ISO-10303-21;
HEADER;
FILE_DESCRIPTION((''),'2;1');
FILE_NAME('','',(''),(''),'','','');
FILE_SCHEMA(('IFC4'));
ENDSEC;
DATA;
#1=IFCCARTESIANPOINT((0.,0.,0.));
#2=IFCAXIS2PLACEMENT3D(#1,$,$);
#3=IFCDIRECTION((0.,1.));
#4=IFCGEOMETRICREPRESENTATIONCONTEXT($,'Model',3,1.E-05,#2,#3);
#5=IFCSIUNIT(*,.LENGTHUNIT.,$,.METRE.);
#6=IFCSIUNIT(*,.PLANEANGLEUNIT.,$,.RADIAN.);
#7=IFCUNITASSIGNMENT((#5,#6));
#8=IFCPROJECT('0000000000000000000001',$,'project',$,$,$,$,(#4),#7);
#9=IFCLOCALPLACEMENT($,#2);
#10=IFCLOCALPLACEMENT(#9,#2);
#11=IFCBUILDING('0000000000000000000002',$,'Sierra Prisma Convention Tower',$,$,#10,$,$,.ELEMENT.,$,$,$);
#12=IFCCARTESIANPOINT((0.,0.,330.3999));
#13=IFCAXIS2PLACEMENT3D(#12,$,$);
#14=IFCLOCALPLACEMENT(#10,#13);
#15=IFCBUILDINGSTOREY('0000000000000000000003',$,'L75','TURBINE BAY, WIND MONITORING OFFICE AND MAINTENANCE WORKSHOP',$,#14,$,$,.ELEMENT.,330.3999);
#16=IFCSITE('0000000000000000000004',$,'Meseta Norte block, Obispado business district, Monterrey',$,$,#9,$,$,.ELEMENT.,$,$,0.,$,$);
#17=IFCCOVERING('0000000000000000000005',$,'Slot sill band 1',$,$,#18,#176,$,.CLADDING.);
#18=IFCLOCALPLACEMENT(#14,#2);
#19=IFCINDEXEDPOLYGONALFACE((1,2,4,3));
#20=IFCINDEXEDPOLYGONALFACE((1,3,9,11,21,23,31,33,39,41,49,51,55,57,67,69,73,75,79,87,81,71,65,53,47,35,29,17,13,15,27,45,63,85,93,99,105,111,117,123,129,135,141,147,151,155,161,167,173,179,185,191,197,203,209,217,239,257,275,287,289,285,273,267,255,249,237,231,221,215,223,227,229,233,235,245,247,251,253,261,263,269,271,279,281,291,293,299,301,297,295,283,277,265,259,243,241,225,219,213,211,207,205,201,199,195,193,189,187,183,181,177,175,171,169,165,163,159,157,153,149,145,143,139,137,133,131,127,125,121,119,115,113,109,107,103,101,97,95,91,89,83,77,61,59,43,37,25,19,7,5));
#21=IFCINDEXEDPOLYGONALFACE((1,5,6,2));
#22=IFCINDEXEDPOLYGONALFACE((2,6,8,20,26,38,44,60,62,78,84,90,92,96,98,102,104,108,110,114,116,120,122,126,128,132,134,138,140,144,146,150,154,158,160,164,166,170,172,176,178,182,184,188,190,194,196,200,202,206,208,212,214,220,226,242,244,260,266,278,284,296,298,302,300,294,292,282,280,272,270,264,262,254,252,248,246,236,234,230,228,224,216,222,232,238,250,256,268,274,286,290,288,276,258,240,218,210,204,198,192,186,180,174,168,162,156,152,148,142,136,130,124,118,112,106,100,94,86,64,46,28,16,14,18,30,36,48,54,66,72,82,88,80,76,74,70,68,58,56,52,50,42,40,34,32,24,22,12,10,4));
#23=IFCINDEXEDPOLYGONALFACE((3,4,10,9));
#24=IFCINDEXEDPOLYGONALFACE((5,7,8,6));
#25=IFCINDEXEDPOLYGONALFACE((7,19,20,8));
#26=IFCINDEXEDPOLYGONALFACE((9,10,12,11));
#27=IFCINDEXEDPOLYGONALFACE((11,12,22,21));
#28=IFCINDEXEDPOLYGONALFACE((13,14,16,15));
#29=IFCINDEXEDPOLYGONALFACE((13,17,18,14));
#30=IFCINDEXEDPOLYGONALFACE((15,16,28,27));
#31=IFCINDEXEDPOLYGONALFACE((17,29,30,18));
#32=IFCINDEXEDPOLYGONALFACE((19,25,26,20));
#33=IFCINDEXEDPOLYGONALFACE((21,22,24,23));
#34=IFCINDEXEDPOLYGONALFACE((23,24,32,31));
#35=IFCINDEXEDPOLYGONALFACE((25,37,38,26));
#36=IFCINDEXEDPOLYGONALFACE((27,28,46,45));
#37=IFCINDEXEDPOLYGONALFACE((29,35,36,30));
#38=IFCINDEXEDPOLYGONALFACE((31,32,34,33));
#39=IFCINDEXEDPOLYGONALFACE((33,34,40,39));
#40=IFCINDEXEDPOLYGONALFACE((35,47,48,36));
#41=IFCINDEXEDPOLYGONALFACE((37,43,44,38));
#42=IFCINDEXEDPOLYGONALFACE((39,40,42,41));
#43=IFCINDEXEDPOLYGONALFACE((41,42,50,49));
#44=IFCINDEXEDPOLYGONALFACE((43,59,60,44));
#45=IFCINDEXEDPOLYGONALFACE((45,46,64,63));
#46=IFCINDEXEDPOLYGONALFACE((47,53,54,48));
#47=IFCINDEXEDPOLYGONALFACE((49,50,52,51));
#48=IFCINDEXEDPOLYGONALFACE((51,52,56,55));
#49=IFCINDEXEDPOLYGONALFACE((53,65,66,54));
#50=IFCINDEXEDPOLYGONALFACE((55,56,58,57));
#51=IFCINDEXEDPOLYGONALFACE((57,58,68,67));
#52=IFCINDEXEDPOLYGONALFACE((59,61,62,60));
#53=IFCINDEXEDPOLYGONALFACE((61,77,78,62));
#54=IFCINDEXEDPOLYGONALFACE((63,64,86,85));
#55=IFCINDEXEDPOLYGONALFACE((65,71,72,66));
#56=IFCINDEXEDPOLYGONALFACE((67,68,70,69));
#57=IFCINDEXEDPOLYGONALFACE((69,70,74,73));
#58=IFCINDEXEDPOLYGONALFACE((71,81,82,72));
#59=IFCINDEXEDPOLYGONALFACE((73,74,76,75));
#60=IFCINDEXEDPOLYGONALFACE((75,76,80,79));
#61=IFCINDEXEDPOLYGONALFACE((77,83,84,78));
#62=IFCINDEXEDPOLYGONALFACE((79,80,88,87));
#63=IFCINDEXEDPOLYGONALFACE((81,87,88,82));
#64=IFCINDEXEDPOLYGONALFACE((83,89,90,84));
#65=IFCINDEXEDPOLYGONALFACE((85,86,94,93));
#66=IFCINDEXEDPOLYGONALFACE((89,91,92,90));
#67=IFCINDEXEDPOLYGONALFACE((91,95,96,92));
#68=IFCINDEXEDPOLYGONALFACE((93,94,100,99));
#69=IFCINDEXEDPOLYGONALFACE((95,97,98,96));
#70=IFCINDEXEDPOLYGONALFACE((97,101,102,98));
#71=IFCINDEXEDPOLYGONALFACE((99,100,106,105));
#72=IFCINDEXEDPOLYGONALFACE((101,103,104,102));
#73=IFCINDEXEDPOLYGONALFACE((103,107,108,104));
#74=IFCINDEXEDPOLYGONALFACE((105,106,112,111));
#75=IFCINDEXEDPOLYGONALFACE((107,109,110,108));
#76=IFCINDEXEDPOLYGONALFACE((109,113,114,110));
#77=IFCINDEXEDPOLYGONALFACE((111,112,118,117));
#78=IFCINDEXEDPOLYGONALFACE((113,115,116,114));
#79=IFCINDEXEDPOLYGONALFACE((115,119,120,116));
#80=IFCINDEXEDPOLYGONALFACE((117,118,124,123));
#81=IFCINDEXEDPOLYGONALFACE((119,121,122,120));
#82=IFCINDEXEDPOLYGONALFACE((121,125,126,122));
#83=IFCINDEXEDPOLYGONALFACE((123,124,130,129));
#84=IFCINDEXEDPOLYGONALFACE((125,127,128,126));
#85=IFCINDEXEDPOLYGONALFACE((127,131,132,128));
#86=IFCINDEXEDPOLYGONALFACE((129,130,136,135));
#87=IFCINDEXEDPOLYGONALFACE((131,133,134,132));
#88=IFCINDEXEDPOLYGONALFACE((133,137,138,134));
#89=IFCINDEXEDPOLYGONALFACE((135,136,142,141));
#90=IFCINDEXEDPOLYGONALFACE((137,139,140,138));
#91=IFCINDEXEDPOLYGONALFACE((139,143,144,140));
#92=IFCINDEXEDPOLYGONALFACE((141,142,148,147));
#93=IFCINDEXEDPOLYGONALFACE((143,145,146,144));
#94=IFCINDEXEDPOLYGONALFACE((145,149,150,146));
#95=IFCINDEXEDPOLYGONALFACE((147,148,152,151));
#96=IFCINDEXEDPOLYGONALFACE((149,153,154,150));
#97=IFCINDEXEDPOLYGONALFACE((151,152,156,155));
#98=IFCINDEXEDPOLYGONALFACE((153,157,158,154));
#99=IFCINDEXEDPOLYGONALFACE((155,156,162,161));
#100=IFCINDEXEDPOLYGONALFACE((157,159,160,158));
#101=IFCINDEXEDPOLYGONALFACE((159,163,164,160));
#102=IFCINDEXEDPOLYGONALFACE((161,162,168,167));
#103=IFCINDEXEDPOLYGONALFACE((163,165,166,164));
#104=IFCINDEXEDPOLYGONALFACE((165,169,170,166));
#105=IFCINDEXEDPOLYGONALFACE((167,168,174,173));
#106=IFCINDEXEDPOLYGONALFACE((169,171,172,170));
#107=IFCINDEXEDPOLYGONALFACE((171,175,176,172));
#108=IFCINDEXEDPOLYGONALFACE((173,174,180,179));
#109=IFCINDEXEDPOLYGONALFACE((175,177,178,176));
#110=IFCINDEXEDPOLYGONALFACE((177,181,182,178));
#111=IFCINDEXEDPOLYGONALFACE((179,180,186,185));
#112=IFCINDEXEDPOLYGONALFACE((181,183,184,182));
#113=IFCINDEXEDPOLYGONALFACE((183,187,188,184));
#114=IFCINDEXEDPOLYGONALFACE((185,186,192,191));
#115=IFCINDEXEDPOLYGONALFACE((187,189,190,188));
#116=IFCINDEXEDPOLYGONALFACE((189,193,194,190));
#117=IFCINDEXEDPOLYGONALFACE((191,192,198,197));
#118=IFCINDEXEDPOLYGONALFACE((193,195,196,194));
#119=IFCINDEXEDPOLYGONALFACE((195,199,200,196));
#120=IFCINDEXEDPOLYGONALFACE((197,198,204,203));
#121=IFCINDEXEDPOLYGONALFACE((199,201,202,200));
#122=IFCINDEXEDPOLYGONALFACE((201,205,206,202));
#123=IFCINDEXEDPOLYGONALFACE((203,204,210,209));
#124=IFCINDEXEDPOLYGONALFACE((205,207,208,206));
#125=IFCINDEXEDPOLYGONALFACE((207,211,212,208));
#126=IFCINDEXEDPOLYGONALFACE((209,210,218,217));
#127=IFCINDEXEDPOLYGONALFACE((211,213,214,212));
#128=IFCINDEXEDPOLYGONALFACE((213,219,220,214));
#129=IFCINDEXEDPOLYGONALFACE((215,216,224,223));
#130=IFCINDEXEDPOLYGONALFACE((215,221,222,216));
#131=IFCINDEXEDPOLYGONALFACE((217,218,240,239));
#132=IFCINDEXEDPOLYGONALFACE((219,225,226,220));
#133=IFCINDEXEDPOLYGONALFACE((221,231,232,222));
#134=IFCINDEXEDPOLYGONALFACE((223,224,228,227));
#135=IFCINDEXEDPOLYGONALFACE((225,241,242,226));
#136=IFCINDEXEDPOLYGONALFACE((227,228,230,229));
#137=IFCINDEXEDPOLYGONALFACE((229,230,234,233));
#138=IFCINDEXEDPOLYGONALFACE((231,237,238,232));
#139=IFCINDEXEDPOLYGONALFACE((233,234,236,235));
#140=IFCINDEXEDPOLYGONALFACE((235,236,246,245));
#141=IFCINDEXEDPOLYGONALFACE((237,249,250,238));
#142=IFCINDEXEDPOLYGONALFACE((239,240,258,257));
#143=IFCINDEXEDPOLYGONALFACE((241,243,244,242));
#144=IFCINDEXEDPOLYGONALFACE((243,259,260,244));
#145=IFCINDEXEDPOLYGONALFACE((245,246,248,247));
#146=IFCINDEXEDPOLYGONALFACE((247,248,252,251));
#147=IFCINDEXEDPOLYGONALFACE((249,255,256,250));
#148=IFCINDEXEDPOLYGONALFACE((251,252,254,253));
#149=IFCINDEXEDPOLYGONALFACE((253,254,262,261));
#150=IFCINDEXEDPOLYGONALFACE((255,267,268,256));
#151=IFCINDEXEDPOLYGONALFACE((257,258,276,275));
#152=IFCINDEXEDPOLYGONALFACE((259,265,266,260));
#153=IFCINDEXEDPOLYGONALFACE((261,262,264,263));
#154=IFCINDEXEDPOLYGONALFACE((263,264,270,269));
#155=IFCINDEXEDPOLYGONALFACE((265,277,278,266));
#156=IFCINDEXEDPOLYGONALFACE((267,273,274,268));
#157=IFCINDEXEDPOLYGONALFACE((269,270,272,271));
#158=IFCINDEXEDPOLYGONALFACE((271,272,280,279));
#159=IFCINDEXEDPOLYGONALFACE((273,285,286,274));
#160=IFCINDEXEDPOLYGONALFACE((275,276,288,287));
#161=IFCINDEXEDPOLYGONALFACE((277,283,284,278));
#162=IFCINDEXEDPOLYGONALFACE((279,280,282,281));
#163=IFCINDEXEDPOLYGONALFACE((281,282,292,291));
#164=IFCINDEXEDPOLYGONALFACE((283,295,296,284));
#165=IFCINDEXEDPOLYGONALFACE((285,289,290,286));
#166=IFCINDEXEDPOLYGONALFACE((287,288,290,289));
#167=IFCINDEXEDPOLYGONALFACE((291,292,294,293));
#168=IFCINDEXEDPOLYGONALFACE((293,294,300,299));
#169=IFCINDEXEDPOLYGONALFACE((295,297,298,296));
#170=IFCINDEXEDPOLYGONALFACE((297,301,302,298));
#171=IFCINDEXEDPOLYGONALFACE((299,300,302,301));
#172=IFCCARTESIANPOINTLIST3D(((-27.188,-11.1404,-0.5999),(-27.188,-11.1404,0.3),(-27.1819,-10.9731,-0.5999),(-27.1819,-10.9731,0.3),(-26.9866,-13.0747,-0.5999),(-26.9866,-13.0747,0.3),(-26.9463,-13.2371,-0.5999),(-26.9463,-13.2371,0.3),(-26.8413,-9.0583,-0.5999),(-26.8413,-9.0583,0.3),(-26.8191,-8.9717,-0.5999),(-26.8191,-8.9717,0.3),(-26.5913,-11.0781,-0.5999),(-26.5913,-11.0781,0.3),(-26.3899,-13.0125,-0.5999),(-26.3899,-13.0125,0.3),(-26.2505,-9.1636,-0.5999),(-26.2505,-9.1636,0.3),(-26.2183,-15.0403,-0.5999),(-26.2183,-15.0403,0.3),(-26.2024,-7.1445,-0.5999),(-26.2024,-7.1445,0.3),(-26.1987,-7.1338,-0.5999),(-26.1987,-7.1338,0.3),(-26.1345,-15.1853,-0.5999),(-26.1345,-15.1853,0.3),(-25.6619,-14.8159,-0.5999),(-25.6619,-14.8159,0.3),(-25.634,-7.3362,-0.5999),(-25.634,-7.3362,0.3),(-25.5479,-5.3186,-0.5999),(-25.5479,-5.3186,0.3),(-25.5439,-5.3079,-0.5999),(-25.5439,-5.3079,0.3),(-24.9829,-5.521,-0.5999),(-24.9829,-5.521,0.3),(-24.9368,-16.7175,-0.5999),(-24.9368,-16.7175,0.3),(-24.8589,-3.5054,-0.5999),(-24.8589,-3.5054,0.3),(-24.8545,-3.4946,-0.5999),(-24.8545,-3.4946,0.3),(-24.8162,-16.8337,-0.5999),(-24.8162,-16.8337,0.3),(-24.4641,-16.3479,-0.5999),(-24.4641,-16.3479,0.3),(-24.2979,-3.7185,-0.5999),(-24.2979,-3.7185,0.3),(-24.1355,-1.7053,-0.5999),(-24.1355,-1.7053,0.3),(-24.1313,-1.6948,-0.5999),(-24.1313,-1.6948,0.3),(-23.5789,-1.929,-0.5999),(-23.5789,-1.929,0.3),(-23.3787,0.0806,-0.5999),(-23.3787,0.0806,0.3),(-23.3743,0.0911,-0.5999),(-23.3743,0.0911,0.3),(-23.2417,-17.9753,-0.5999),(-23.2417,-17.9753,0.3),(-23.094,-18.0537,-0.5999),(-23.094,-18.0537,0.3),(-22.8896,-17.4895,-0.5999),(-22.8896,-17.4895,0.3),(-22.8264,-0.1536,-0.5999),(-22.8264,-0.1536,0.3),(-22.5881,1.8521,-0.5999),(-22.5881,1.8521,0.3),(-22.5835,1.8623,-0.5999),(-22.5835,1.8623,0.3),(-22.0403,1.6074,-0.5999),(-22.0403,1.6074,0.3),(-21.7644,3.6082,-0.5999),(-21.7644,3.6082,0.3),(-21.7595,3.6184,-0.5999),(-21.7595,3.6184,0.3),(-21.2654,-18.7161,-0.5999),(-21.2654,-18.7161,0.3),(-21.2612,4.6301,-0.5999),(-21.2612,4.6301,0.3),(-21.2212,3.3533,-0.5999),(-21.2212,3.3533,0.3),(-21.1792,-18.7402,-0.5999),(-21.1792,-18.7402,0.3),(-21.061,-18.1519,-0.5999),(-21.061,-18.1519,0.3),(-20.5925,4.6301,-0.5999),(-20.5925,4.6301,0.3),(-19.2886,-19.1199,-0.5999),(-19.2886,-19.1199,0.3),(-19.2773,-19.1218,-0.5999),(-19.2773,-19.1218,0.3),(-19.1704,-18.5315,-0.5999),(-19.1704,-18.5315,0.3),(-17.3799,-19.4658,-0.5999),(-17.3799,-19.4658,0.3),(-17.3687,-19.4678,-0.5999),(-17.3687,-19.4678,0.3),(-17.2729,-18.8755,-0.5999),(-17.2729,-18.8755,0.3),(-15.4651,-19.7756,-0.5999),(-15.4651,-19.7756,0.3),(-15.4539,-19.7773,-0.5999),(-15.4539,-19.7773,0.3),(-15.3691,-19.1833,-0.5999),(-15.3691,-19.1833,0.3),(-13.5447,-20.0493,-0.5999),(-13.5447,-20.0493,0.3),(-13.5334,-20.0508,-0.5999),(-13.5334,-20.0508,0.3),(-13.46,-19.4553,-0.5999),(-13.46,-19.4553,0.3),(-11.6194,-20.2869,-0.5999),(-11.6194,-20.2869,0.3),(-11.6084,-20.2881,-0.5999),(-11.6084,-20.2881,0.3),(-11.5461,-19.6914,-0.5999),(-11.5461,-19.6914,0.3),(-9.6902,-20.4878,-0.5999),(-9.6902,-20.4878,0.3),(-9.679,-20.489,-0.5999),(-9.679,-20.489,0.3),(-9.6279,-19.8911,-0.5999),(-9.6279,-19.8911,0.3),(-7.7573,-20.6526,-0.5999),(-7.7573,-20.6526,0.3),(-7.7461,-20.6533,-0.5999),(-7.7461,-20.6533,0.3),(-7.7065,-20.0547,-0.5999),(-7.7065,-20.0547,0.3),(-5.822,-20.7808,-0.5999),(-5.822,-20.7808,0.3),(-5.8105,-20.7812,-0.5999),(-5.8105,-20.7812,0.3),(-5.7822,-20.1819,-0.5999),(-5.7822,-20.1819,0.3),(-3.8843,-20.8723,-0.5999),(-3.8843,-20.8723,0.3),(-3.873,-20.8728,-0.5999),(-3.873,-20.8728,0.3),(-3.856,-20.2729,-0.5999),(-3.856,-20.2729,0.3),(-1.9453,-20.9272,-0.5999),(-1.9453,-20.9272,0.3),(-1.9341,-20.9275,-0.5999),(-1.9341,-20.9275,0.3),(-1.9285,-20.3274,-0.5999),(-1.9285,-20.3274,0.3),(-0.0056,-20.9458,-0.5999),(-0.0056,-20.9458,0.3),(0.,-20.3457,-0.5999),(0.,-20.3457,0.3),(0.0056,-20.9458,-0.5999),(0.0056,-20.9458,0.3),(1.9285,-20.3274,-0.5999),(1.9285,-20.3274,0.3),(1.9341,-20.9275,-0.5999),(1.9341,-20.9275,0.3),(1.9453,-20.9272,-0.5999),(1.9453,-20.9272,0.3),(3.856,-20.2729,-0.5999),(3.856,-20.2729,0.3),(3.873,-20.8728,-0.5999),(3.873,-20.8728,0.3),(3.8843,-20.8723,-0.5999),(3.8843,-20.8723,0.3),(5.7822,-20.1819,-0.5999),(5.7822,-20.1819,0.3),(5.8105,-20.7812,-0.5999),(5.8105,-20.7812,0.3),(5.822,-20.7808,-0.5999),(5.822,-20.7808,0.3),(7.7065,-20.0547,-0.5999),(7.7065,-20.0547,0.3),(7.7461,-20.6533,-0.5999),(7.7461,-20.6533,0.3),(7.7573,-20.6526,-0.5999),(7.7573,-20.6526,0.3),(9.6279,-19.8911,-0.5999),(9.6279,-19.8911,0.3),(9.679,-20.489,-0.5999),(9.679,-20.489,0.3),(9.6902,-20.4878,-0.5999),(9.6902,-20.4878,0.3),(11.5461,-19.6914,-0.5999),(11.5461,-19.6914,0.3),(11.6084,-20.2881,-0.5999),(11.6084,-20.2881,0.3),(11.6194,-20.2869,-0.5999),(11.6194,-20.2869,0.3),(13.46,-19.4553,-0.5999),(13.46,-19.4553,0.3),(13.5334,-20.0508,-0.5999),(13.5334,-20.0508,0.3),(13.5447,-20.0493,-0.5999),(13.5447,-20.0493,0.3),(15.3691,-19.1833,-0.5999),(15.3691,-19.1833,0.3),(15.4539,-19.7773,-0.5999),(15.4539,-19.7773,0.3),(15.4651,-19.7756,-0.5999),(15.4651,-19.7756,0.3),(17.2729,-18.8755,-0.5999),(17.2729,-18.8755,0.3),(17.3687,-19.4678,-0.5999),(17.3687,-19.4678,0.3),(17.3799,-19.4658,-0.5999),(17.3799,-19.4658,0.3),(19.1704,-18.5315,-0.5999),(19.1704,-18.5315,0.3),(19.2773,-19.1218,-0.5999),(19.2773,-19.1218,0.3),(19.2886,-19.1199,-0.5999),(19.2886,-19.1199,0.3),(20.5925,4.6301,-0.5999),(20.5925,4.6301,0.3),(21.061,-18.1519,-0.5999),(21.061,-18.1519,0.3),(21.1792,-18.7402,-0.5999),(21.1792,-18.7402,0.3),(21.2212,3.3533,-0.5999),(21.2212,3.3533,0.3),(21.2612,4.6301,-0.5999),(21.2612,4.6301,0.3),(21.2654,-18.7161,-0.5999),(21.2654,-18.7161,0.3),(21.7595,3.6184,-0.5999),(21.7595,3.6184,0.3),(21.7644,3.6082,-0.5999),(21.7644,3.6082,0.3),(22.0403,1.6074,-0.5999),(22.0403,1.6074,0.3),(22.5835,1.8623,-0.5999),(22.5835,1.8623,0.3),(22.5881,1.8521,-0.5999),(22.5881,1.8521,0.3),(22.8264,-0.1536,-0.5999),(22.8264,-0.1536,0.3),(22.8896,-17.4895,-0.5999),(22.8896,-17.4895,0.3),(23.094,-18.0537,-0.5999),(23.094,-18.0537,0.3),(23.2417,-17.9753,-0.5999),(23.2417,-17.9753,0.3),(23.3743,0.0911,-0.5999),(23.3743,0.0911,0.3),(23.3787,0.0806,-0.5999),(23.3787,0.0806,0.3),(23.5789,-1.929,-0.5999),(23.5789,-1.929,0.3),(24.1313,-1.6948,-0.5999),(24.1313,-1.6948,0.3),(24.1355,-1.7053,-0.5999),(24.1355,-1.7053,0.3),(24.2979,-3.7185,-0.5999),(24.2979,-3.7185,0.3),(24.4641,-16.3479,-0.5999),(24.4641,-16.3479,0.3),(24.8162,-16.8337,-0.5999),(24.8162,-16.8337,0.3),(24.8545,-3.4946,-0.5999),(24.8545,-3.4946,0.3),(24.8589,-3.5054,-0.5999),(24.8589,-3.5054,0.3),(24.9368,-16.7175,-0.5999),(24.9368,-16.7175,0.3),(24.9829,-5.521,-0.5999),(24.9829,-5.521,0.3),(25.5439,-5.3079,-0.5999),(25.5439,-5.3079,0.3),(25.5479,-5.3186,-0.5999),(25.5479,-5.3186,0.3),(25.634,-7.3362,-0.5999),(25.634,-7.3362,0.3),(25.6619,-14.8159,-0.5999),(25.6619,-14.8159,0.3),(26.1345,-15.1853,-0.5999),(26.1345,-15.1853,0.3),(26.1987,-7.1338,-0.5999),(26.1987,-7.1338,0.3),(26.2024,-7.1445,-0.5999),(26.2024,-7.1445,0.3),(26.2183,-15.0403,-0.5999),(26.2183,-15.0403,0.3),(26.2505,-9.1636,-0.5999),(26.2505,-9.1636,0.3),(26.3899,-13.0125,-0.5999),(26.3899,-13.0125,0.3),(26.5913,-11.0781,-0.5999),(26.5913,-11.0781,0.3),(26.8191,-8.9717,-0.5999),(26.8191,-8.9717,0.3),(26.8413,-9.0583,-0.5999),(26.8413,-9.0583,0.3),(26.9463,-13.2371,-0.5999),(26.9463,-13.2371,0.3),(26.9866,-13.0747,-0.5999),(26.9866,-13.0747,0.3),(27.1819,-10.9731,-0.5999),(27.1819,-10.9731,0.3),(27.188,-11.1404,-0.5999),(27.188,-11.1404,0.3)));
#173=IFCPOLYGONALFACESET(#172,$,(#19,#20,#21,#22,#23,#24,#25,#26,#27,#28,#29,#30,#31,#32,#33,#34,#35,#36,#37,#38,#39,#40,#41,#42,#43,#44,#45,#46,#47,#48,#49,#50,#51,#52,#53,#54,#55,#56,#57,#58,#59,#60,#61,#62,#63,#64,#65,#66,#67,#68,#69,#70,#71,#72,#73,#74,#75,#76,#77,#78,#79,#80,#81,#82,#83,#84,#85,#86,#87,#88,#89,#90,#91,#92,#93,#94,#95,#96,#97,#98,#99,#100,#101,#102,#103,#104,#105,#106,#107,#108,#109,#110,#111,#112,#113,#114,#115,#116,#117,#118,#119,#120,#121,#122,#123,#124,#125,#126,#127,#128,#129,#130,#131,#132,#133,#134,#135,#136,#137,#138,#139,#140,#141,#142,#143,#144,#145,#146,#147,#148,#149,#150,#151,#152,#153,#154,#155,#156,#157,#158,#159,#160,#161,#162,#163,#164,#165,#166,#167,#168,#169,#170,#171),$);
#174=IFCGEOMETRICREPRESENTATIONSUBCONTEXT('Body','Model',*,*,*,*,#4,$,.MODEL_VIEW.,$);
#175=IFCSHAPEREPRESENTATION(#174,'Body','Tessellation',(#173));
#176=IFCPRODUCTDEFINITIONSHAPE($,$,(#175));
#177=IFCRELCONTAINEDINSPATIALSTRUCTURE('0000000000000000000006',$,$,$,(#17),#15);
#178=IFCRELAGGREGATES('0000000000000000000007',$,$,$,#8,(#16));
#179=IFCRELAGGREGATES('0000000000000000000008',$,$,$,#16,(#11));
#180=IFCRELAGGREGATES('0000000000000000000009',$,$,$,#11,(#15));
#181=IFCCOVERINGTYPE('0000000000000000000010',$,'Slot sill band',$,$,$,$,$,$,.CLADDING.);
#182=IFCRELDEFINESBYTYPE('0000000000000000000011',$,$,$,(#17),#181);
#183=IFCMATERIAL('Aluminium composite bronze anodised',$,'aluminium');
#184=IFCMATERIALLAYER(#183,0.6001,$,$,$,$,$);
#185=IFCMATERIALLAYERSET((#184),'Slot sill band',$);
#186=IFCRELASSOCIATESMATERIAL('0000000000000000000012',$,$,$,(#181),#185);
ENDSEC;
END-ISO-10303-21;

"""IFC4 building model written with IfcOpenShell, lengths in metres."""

from ifc_helpers import new_model, si_unit, direction, frame, origin, place, context, subcontext, project, spatial, polyline, outline, extrude, material, layer, layer_set, type_object, element, save


model = new_model("IFC4")

# Units and contexts
model_context = context("Model", 3, precision=1e-05, world=origin(), true_north=direction((0.0, 1.0)))
body_context = subcontext(model_context, "Body", "Model", "MODEL_VIEW")
ifc_project = project(units=[si_unit("LENGTHUNIT", "METRE"), si_unit("PLANEANGLEUNIT", "RADIAN")], contexts=[model_context])

# Site, building, storey
site_placement = place(None, origin())
site = spatial("IfcSite", under=ifc_project, at=site_placement, Name="Meseta Norte block, Obispado business district, Monterrey", CompositionType="ELEMENT", RefElevation=0.0)
building_placement = place(site_placement, origin())
building = spatial("IfcBuilding", under=site, at=building_placement, Name="Sierra Prisma Convention Tower", CompositionType="ELEMENT")
storey_placement = place(building_placement, frame((0.0, 0.0, 330.3999)))
storey = spatial("IfcBuildingStorey", under=building, at=storey_placement, Name="L75", Description="TURBINE BAY, WIND MONITORING OFFICE AND MAINTENANCE WORKSHOP", CompositionType="ELEMENT", Elevation=330.3999)

# Covering
ifc_material_1 = material(Name="Aluminium composite bronze anodised", Category="aluminium")
ifc_layer_1 = layer(ifc_material_1, 0.6001)
ifc_layer_set_1 = layer_set([ifc_layer_1], Name="Slot sill band")
covering_type_1 = type_object("IfcCoveringType", Name="Slot sill band", PredefinedType="CLADDING", material=ifc_layer_set_1)
covering_1_placement = place(storey_placement, frame((0.0, 0.0, -0.5999)))
element("IfcCovering", 1, at=covering_1_placement, inside=storey, type_object=covering_type_1, Name="Slot sill band 1", PredefinedType="CLADDING", context=body_context, shape_type="SweptSolid", body=[
    extrude(outline(polyline([(-24.1313, -1.6948), (-23.3787, 0.0806), (-23.3743, 0.0911), (-22.5881, 1.8521), (-22.5835, 1.8623), (-21.7644, 3.6082), (-21.7595, 3.6184), (-21.2612, 4.6301), (-20.5925, 4.6301), (-21.2212, 3.3533), (-22.0403, 1.6074), (-22.8264, -0.1536), (-23.5789, -1.929), (-24.2979, -3.7185), (-24.9829, -5.521), (-25.634, -7.3362), (-26.2505, -9.1636), (-26.5913, -11.0781), (-26.3899, -13.0125), (-25.6619, -14.8159), (-24.4641, -16.3479), (-22.8896, -17.4895), (-21.061, -18.1519), (-19.1704, -18.5315), (-17.2729, -18.8755), (-15.3691, -19.1833), (-13.46, -19.4553), (-11.5461, -19.6914), (-9.6279, -19.8911), (-7.7065, -20.0547), (-5.7822, -20.1819), (-3.856, -20.2729), (-1.9285, -20.3274), (0.0, -20.3457), (1.9285, -20.3274), (3.856, -20.2729), (5.7822, -20.1819), (7.7065, -20.0547), (9.6279, -19.8911), (11.5461, -19.6914), (13.46, -19.4553), (15.3691, -19.1833), (17.2729, -18.8755), (19.1704, -18.5315), (21.061, -18.1519), (22.8896, -17.4895), (24.4641, -16.3479), (25.6619, -14.8159), (26.3899, -13.0125), (26.5913, -11.0781), (26.2505, -9.1636), (25.634, -7.3362), (24.9829, -5.521), (24.2979, -3.7185), (23.5789, -1.929), (22.8264, -0.1536), (22.0403, 1.6074), (21.2212, 3.3533), (20.5925, 4.6301), (21.2612, 4.6301), (21.7595, 3.6184), (21.7644, 3.6082), (22.5835, 1.8623), (22.5881, 1.8521), (23.3743, 0.0911), (23.3787, 0.0806), (24.1313, -1.6948), (24.1355, -1.7053), (24.8545, -3.4946), (24.8589, -3.5054), (25.5439, -5.3079), (25.5479, -5.3186), (26.1987, -7.1338), (26.2024, -7.1445), (26.8191, -8.9717), (26.8413, -9.0583), (27.1819, -10.9731), (27.188, -11.1404), (26.9866, -13.0747), (26.9463, -13.2371), (26.2183, -15.0403), (26.1345, -15.1853), (24.9368, -16.7175), (24.8162, -16.8337), (23.2417, -17.9753), (23.094, -18.0537), (21.2654, -18.7161), (21.1792, -18.7402), (19.2886, -19.1199), (19.2773, -19.1218), (17.3799, -19.4658), (17.3687, -19.4678), (15.4651, -19.7756), (15.4539, -19.7773), (13.5447, -20.0493), (13.5334, -20.0508), (11.6194, -20.2869), (11.6084, -20.2881), (9.6902, -20.4878), (9.679, -20.489), (7.7573, -20.6526), (7.7461, -20.6533), (5.822, -20.7808), (5.8105, -20.7812), (3.8843, -20.8723), (3.873, -20.8728), (1.9453, -20.9272), (1.9341, -20.9275), (0.0056, -20.9458), (-0.0056, -20.9458), (-1.9341, -20.9275), (-1.9453, -20.9272), (-3.873, -20.8728), (-3.8843, -20.8723), (-5.8105, -20.7812), (-5.822, -20.7808), (-7.7461, -20.6533), (-7.7573, -20.6526), (-9.679, -20.489), (-9.6902, -20.4878), (-11.6084, -20.2881), (-11.6194, -20.2869), (-13.5334, -20.0508), (-13.5447, -20.0493), (-15.4539, -19.7773), (-15.4651, -19.7756), (-17.3687, -19.4678), (-17.3799, -19.4658), (-19.2773, -19.1218), (-19.2886, -19.1199), (-21.1792, -18.7402), (-21.2654, -18.7161), (-23.094, -18.0537), (-23.2417, -17.9753), (-24.8162, -16.8337), (-24.9368, -16.7175), (-26.1345, -15.1853), (-26.2183, -15.0403), (-26.9463, -13.2371), (-26.9866, -13.0747), (-27.188, -11.1404), (-27.1819, -10.9731), (-26.8413, -9.0583), (-26.8191, -8.9717), (-26.2024, -7.1445), (-26.1987, -7.1338), (-25.5479, -5.3186), (-25.5439, -5.3079), (-24.8589, -3.5054), (-24.8545, -3.4946), (-24.1355, -1.7053), (-24.1313, -1.6948)])), origin(), (0.0, 0.0, 1.0), 0.8999),
])

save(model, "model.ifc")
